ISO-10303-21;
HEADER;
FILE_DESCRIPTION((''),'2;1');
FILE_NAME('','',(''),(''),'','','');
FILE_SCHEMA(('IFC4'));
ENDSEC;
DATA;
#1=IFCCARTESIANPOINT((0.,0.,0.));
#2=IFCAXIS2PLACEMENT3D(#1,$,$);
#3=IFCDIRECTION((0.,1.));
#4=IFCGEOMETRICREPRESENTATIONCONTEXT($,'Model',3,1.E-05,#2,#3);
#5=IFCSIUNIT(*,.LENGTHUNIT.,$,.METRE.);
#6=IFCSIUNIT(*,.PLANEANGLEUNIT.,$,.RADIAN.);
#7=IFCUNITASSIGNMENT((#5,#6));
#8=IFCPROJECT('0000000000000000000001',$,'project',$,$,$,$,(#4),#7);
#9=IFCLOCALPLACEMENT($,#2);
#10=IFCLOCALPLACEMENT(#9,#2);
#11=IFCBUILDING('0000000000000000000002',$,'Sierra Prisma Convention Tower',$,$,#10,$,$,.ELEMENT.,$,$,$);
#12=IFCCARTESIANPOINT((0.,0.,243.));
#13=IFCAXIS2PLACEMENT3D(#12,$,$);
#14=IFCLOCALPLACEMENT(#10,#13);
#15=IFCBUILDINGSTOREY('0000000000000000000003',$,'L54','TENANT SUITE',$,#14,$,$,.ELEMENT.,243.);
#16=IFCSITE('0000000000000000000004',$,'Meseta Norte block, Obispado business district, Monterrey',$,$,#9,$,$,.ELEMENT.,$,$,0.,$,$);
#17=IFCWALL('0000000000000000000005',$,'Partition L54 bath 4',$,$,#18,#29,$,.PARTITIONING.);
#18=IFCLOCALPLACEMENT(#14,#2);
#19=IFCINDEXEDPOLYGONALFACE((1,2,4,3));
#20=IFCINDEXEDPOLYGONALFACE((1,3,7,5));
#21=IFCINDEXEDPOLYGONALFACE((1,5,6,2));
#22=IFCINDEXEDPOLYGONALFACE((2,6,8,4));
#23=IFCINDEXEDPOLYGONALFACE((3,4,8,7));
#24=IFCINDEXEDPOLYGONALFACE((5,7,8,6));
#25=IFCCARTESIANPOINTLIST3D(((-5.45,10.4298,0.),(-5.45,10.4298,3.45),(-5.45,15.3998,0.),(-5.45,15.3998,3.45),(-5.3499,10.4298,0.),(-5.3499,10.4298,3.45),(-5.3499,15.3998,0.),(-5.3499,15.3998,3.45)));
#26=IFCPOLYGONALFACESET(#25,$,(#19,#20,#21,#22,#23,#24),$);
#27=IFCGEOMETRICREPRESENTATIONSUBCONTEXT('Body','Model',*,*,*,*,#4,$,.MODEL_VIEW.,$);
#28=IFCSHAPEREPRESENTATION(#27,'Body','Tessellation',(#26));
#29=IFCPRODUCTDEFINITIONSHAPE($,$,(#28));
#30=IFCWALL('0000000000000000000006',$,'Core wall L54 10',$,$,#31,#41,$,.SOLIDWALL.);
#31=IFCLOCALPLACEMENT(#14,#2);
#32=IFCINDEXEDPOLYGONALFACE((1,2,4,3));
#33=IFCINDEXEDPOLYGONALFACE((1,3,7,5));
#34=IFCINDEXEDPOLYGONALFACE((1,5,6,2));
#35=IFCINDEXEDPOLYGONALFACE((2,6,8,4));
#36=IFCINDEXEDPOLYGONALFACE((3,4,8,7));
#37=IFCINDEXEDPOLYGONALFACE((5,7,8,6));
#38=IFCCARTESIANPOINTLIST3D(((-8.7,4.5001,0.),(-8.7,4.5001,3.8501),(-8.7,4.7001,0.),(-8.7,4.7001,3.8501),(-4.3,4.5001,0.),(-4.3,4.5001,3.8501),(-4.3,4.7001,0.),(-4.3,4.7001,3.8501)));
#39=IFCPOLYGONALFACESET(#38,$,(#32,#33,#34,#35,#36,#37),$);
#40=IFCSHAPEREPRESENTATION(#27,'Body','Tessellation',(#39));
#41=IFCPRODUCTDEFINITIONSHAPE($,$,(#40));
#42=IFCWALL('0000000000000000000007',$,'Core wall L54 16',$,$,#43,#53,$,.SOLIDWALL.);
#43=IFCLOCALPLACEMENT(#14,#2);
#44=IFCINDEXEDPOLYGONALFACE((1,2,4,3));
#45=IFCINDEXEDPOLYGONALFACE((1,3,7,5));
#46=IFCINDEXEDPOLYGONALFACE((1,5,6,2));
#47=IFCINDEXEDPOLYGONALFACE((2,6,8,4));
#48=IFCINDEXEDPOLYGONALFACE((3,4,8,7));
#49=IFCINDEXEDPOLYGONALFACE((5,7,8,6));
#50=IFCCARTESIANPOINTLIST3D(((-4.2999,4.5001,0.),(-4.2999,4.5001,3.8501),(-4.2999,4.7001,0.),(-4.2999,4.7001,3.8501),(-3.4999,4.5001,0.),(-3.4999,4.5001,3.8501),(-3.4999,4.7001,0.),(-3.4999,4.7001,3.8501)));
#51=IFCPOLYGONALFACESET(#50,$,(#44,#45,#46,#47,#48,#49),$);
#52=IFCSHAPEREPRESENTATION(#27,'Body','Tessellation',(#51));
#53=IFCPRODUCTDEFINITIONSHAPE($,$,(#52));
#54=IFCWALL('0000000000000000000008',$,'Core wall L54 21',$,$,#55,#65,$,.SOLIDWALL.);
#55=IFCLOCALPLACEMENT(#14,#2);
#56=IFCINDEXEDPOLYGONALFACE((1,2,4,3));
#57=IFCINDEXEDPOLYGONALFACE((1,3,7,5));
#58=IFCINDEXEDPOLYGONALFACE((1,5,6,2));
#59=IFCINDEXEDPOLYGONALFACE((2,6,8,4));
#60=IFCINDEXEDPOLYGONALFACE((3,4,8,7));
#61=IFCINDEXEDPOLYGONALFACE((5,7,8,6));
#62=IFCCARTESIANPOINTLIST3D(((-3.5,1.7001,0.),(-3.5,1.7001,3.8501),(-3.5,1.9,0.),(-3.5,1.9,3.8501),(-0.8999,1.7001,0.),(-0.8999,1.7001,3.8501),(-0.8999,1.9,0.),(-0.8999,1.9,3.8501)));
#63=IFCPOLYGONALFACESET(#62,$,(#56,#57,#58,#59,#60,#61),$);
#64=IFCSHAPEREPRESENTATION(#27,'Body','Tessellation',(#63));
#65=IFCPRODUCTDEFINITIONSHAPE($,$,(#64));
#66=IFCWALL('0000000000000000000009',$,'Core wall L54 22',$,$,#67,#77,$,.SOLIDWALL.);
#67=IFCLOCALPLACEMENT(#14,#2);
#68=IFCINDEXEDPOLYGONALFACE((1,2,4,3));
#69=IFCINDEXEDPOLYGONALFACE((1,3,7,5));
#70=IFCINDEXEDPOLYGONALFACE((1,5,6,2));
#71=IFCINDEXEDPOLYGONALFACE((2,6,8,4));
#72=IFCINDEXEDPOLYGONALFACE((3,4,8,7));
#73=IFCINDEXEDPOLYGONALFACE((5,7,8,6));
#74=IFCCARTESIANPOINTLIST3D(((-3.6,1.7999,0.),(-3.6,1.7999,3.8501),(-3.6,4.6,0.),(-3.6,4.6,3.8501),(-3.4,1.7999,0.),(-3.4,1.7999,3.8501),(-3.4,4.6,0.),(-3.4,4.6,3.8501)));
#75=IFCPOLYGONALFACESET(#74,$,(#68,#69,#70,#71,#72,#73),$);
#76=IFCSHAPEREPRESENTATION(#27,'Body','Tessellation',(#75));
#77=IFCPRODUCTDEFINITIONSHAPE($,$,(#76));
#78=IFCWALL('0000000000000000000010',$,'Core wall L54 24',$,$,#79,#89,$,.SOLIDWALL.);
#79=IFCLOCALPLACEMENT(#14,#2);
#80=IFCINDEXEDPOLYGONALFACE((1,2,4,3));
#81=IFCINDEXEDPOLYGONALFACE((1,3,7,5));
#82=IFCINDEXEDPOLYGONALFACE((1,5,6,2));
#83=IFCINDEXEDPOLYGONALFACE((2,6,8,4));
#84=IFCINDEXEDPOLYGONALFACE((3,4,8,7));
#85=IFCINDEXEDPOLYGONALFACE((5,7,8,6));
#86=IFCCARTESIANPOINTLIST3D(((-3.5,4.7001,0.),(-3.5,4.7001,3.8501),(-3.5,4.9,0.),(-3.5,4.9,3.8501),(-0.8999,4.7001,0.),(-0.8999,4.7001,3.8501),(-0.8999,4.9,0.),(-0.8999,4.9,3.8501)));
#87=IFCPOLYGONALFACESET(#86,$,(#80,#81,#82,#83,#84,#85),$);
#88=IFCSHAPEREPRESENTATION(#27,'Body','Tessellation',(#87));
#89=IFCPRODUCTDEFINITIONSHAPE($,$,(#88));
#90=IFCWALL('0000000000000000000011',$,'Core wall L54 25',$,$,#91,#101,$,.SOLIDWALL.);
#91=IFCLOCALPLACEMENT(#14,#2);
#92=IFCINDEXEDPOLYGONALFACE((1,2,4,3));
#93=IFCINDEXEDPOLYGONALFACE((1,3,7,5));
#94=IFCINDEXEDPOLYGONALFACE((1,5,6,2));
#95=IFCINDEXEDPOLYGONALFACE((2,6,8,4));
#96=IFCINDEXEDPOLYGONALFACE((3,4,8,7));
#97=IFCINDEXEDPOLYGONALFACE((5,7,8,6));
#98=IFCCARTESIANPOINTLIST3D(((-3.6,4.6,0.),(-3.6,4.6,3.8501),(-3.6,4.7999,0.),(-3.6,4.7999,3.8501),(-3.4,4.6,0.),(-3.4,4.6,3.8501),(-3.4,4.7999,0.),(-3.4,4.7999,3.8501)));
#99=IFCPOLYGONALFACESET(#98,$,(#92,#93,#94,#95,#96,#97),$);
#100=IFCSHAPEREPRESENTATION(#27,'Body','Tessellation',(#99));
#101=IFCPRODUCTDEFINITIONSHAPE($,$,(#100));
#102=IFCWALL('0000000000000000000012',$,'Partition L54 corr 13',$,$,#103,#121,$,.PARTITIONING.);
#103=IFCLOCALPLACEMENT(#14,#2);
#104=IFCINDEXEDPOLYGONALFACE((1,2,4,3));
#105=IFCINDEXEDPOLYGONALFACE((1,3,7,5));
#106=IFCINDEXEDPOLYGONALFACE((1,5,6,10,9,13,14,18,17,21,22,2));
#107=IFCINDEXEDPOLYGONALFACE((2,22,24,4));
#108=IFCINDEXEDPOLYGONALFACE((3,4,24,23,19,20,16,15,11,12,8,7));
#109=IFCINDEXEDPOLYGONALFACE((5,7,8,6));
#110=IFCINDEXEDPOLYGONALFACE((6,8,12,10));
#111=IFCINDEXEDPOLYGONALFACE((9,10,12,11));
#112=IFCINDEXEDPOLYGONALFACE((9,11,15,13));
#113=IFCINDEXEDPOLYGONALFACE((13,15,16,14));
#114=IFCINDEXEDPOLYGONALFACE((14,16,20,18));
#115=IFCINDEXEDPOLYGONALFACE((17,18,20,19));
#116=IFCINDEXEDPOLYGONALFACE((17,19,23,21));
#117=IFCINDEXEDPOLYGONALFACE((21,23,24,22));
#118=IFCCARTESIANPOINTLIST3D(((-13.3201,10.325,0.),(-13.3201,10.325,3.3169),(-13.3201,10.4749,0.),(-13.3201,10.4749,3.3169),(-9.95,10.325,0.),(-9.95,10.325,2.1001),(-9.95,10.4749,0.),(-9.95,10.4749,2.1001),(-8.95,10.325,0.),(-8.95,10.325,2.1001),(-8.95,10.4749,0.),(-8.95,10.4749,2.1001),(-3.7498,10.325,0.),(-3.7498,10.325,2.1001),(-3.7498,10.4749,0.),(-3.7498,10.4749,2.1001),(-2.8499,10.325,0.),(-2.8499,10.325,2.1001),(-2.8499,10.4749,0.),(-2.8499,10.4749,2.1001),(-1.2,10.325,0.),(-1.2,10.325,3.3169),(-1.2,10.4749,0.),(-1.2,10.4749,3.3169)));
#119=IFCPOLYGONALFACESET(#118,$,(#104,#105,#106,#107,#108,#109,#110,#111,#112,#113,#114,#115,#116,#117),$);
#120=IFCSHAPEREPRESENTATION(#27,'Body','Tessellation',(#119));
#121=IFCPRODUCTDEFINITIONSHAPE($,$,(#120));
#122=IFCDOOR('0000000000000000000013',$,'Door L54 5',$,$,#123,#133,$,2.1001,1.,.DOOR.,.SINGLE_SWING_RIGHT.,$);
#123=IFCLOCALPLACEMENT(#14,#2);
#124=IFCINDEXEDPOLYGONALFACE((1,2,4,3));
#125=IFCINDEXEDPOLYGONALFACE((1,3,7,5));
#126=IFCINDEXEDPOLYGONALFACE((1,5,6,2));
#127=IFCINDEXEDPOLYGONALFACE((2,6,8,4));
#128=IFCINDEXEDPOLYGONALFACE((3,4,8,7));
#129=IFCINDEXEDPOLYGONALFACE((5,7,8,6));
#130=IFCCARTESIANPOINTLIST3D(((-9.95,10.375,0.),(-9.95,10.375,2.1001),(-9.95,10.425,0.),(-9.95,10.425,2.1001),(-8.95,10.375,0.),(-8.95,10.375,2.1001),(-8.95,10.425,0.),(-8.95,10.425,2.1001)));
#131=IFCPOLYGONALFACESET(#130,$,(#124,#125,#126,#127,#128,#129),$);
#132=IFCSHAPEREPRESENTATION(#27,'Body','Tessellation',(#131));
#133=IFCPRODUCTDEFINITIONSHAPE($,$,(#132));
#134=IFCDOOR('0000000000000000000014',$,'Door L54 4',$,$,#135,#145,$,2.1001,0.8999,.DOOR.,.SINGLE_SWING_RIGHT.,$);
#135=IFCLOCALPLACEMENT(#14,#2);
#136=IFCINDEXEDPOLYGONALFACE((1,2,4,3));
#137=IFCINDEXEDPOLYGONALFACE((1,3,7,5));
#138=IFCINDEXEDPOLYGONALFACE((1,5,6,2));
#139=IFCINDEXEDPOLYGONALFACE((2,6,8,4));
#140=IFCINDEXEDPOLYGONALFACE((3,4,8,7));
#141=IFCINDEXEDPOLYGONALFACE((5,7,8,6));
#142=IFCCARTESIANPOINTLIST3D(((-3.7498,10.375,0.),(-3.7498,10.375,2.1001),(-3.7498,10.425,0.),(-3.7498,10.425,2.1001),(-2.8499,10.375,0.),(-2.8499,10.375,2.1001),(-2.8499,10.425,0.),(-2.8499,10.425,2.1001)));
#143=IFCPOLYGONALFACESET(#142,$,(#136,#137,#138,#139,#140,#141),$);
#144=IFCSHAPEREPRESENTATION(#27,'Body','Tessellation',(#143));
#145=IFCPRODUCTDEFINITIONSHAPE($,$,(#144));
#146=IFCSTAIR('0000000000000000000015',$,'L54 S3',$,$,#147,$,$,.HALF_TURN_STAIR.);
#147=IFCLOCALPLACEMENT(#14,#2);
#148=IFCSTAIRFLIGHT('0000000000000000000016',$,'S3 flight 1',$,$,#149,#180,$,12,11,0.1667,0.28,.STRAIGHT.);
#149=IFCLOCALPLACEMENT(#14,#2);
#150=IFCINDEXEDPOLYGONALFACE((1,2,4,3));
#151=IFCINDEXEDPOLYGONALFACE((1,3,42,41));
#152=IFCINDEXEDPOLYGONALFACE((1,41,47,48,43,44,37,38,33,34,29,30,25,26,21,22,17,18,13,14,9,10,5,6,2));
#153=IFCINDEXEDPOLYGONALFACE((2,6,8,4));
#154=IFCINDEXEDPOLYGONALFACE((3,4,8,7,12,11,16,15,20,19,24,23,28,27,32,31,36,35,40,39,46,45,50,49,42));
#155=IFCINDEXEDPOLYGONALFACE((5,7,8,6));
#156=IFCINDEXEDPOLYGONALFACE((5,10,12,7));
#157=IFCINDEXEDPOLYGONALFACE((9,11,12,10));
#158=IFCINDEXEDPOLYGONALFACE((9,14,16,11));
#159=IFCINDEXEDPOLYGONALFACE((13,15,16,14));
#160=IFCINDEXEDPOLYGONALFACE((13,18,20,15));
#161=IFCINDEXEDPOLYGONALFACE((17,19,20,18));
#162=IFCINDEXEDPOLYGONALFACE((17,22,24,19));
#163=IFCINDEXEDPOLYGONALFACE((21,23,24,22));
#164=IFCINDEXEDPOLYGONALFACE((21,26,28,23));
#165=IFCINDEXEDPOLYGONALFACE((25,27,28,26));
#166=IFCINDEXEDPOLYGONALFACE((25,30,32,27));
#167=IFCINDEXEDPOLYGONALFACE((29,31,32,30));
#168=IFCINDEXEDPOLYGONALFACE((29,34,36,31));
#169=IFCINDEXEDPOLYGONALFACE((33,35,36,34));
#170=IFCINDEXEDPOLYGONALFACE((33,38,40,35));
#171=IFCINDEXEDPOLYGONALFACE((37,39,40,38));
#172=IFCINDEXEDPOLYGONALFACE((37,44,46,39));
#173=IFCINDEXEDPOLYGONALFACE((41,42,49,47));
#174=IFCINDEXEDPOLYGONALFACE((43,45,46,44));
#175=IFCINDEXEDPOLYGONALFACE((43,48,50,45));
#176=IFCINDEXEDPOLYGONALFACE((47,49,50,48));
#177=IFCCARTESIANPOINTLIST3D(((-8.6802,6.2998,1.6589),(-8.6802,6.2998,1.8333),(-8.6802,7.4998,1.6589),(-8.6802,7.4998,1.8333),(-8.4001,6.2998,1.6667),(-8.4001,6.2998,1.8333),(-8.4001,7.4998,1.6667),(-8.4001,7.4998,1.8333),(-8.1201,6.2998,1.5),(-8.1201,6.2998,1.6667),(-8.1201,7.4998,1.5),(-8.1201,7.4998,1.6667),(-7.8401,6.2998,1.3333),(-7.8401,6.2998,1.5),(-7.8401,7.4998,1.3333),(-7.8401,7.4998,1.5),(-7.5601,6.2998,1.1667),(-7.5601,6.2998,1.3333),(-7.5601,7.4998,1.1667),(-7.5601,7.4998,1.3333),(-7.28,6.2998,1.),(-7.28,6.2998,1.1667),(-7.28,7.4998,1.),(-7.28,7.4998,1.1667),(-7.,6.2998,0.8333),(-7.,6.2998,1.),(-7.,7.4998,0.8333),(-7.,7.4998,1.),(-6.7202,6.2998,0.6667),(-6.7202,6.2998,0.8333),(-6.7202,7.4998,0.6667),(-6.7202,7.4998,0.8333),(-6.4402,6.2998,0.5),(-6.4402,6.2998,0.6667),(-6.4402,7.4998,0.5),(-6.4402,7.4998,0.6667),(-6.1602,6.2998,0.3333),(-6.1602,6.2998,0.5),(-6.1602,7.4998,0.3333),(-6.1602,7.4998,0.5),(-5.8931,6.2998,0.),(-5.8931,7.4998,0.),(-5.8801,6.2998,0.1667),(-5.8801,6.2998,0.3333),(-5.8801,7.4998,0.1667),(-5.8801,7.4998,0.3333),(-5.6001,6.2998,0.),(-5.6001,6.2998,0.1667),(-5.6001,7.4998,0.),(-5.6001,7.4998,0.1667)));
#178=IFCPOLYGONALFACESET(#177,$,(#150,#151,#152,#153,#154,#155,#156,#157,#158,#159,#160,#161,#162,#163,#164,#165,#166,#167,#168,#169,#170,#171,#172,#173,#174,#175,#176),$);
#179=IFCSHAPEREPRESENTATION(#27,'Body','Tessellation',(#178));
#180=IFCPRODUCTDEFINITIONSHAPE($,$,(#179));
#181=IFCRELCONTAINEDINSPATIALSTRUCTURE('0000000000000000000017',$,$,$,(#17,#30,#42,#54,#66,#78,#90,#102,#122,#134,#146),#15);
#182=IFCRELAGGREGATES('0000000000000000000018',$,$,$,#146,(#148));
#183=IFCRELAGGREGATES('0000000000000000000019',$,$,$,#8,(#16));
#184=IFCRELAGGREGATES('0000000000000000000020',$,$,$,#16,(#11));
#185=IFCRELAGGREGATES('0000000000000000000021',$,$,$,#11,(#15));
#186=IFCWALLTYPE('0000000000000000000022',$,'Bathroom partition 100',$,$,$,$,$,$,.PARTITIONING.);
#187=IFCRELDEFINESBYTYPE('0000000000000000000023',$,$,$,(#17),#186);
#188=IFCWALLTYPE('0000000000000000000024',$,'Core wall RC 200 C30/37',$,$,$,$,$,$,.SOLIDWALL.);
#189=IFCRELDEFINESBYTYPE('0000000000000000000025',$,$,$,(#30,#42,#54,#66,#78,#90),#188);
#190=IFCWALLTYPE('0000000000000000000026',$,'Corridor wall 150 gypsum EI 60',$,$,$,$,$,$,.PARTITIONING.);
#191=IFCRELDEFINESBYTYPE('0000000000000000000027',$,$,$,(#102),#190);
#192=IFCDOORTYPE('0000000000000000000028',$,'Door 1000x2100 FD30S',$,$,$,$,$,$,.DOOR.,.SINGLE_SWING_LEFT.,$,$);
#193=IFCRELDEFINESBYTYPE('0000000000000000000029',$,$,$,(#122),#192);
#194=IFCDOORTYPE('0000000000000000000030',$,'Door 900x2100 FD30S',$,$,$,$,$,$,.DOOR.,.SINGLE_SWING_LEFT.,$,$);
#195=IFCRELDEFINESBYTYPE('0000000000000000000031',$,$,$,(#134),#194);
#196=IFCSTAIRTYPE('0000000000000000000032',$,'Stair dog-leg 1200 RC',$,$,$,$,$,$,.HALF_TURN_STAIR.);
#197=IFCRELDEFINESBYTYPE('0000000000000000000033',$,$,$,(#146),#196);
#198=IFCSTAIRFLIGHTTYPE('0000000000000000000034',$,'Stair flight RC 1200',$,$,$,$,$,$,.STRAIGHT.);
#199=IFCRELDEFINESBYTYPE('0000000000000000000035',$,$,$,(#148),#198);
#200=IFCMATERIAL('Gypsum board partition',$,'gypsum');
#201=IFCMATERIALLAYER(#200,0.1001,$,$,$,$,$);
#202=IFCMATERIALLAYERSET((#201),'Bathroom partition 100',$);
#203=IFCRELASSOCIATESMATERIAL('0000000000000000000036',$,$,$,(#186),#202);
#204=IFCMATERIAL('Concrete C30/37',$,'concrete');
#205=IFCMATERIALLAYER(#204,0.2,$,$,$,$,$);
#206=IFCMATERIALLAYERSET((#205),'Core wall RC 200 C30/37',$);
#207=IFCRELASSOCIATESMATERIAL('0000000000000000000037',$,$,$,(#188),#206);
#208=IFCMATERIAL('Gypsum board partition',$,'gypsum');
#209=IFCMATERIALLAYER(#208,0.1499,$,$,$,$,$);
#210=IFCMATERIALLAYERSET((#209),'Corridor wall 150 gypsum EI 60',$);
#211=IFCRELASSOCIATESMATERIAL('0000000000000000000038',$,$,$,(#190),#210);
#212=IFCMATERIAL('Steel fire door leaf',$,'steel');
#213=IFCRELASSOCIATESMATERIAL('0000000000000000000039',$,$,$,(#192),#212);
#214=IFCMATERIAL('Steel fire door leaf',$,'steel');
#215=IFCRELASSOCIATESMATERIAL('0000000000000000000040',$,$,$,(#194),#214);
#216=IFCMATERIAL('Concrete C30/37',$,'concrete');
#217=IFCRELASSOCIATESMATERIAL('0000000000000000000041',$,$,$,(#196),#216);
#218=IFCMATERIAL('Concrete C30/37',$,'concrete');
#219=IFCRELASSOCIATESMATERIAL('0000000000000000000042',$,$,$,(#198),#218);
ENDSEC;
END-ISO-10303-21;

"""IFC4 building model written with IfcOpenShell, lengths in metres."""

from ifc_helpers import new_model, si_unit, direction, frame, frame_2d, origin, place, context, subcontext, project, spatial, polyline, rectangle, outline, extrude, material, layer, layer_set, type_object, element, fill, aggregate, save


model = new_model("IFC4")

# Units and contexts
model_context = context("Model", 3, precision=1e-05, world=origin(), true_north=direction((0.0, 1.0)))
body_context = subcontext(model_context, "Body", "Model", "MODEL_VIEW")
ifc_project = project(units=[si_unit("LENGTHUNIT", "METRE"), si_unit("PLANEANGLEUNIT", "RADIAN")], contexts=[model_context])

# Site, building, storey
site_placement = place(None, origin())
site = spatial("IfcSite", under=ifc_project, at=site_placement, Name="Meseta Norte block, Obispado business district, Monterrey", CompositionType="ELEMENT", RefElevation=0.0)
building_placement = place(site_placement, origin())
building = spatial("IfcBuilding", under=site, at=building_placement, Name="Sierra Prisma Convention Tower", CompositionType="ELEMENT")
storey_placement = place(building_placement, frame((0.0, 0.0, 243.0)))
storey = spatial("IfcBuildingStorey", under=building, at=storey_placement, Name="L54", Description="TENANT SUITE", CompositionType="ELEMENT", Elevation=243.0)

# Walls
ifc_material_1 = material(Name="Gypsum board partition", Category="gypsum")
ifc_layer_1 = layer(ifc_material_1, 0.1001)
ifc_layer_set_1 = layer_set([ifc_layer_1], Name="Bathroom partition 100")
wall_type_1 = type_object("IfcWallType", Name="Bathroom partition 100", PredefinedType="PARTITIONING", material=ifc_layer_set_1)
wall_1_placement = place(storey_placement, frame((-5.3999, 10.4299, 0.0), z_axis=(0.0, 0.0, 1.0), x_axis=(0.0, 1.0, 0.0)))
element("IfcWall", 1, at=wall_1_placement, inside=storey, type_object=wall_type_1, Name="Partition L54 bath 4", PredefinedType="PARTITIONING", context=body_context, shape_type="SweptSolid", body=[
    extrude(rectangle(XDim=4.97, YDim=0.1001, at=frame_2d((2.4849, 0.0))), origin(), (0.0, 0.0, 1.0), 3.45),
])
ifc_material_2 = material(Name="Concrete C30/37", Category="concrete")
ifc_layer_2 = layer(ifc_material_2, 0.2)
ifc_layer_set_2 = layer_set([ifc_layer_2], Name="Core wall RC 200 C30/37")
wall_type_2 = type_object("IfcWallType", Name="Core wall RC 200 C30/37", PredefinedType="SOLIDWALL", material=ifc_layer_set_2)
wall_2_placement = place(storey_placement, frame((-4.3, 4.6001, 0.0), z_axis=(0.0, 0.0, 1.0), x_axis=(-1.0, 0.0, 0.0)))
element("IfcWall", 2, at=wall_2_placement, inside=storey, type_object=wall_type_2, Name="Core wall L54 10", PredefinedType="SOLIDWALL", context=body_context, shape_type="SweptSolid", body=[
    extrude(rectangle(XDim=4.3999, YDim=0.2, at=frame_2d((2.2, 0.0))), origin(), (0.0, 0.0, 1.0), 3.8501),
])

# Wall
wall_3_placement = place(storey_placement, frame((-3.5, 4.6001, 0.0), z_axis=(0.0, 0.0, 1.0), x_axis=(-1.0, 0.0, 0.0)))
element("IfcWall", 3, at=wall_3_placement, inside=storey, type_object=wall_type_2, Name="Core wall L54 16", PredefinedType="SOLIDWALL", context=body_context, shape_type="SweptSolid", body=[
    extrude(rectangle(XDim=0.8, YDim=0.2, at=frame_2d((0.3999, 0.0))), origin(), (0.0, 0.0, 1.0), 3.8501),
])

# Walls
wall_4_placement = place(storey_placement, frame((-0.8999, 1.8, 0.0), z_axis=(0.0, 0.0, 1.0), x_axis=(-1.0, 0.0, 0.0)))
element("IfcWall", 4, at=wall_4_placement, inside=storey, type_object=wall_type_2, Name="Core wall L54 21", PredefinedType="SOLIDWALL", context=body_context, shape_type="SweptSolid", body=[
    extrude(rectangle(XDim=2.6001, YDim=0.2, at=frame_2d((1.3, 0.0))), origin(), (0.0, 0.0, 1.0), 3.8501),
])
wall_5_placement = place(storey_placement, frame((-3.5, 1.8, 0.0), z_axis=(0.0, 0.0, 1.0), x_axis=(0.0, 1.0, 0.0)))
element("IfcWall", 5, at=wall_5_placement, inside=storey, type_object=wall_type_2, Name="Core wall L54 22", PredefinedType="SOLIDWALL", context=body_context, shape_type="SweptSolid", body=[
    extrude(rectangle(XDim=2.8, YDim=0.2, at=frame_2d((1.3999, 0.0))), origin(), (0.0, 0.0, 1.0), 3.8501),
])

# Walls
wall_6_placement = place(storey_placement, frame((-0.8999, 4.8, 0.0), z_axis=(0.0, 0.0, 1.0), x_axis=(-1.0, 0.0, 0.0)))
element("IfcWall", 6, at=wall_6_placement, inside=storey, type_object=wall_type_2, Name="Core wall L54 24", PredefinedType="SOLIDWALL", context=body_context, shape_type="SweptSolid", body=[
    extrude(rectangle(XDim=2.6001, YDim=0.2, at=frame_2d((1.3, 0.0))), origin(), (0.0, 0.0, 1.0), 3.8501),
])
wall_7_placement = place(storey_placement, frame((-3.5, 4.8, 0.0), z_axis=(0.0, 0.0, 1.0), x_axis=(0.0, -1.0, 0.0)))
element("IfcWall", 7, at=wall_7_placement, inside=storey, type_object=wall_type_2, Name="Core wall L54 25", PredefinedType="SOLIDWALL", context=body_context, shape_type="SweptSolid", body=[
    extrude(rectangle(XDim=0.2, YDim=0.2, at=frame_2d((0.1001, 0.0))), origin(), (0.0, 0.0, 1.0), 3.8501),
])

# Wall, openings, doors
ifc_material_3 = material(Name="Gypsum board partition", Category="gypsum")
ifc_layer_3 = layer(ifc_material_3, 0.1499)
ifc_layer_set_3 = layer_set([ifc_layer_3], Name="Corridor wall 150 gypsum EI 60")
wall_type_3 = type_object("IfcWallType", Name="Corridor wall 150 gypsum EI 60", PredefinedType="PARTITIONING", material=ifc_layer_set_3)
wall_8_placement = place(storey_placement, frame((-1.2, 10.3999, 0.0), z_axis=(0.0, 0.0, 1.0), x_axis=(-1.0, 0.0, 0.0)))
wall_8 = element("IfcWall", 8, at=wall_8_placement, inside=storey, type_object=wall_type_3, Name="Partition L54 corr 13", PredefinedType="PARTITIONING", context=body_context, shape_type="SweptSolid", body=[
    extrude(rectangle(XDim=12.1201, YDim=0.1499, at=frame_2d((6.0601, 0.0))), origin(), (0.0, 0.0, 1.0), 3.3169),
])
opening_1_placement = place(wall_8_placement, frame((1.6499, 0.0, 0.0)))
opening_1 = element("IfcOpeningElement", 9, at=opening_1_placement, cuts=wall_8, PredefinedType="OPENING", context=body_context, shape_type="SweptSolid", body=[
    extrude(rectangle(XDim=0.8999, YDim=2.1001, at=frame_2d((0.45, 1.05))), frame((0.0, 0.075, 0.0), z_axis=(0.0, -1.0, 0.0), x_axis=(1.0, 0.0, 0.0)), (0.0, 0.0, 1.0), 0.1499),
])
opening_2_placement = place(wall_8_placement, frame((7.75, 0.0, 0.0)))
opening_2 = element("IfcOpeningElement", 10, at=opening_2_placement, cuts=wall_8, PredefinedType="OPENING", context=body_context, shape_type="SweptSolid", body=[
    extrude(rectangle(XDim=1.0, YDim=2.1001, at=frame_2d((0.5, 1.05))), frame((0.0, 0.075, 0.0), z_axis=(0.0, -1.0, 0.0), x_axis=(1.0, 0.0, 0.0)), (0.0, 0.0, 1.0), 0.1499),
])
ifc_material_4 = material(Name="Steel fire door leaf", Category="steel")
door_type_1 = type_object("IfcDoorType", Name="Door 1000x2100 FD30S", OperationType="SINGLE_SWING_LEFT", PredefinedType="DOOR", material=ifc_material_4)
door_1_placement = place(opening_2_placement, origin())
door_1 = element("IfcDoor", 11, at=door_1_placement, inside=storey, type_object=door_type_1, Name="Door L54 5", OperationType="SINGLE_SWING_RIGHT", OverallHeight=2.1001, OverallWidth=1.0, PredefinedType="DOOR", context=body_context, shape_type="SweptSolid", body=[
    extrude(rectangle(XDim=1.0, YDim=2.1001, at=frame_2d((0.5, 1.05))), frame((0.0, 0.0249, 0.0), z_axis=(0.0, -1.0, 0.0), x_axis=(1.0, 0.0, 0.0)), (0.0, 0.0, 1.0), 0.05),
])
fill(opening_2, door_1)
ifc_material_5 = material(Name="Steel fire door leaf", Category="steel")
door_type_2 = type_object("IfcDoorType", Name="Door 900x2100 FD30S", OperationType="SINGLE_SWING_LEFT", PredefinedType="DOOR", material=ifc_material_5)
door_2_placement = place(opening_1_placement, origin())
door_2 = element("IfcDoor", 12, at=door_2_placement, inside=storey, type_object=door_type_2, Name="Door L54 4", OperationType="SINGLE_SWING_RIGHT", OverallHeight=2.1001, OverallWidth=0.8999, PredefinedType="DOOR", context=body_context, shape_type="SweptSolid", body=[
    extrude(rectangle(XDim=0.8999, YDim=2.1001, at=frame_2d((0.45, 1.05))), frame((0.0, 0.0249, 0.0), z_axis=(0.0, -1.0, 0.0), x_axis=(1.0, 0.0, 0.0)), (0.0, 0.0, 1.0), 0.05),
])
fill(opening_1, door_2)

# Stair, stair flight
ifc_material_6 = material(Name="Concrete C30/37", Category="concrete")
stair_type = type_object("IfcStairType", Name="Stair dog-leg 1200 RC", PredefinedType="HALF_TURN_STAIR", material=ifc_material_6)
stair_placement = place(storey_placement, origin())
stair = element("IfcStair", 13, at=stair_placement, inside=storey, type_object=stair_type, Name="L54 S3", PredefinedType="HALF_TURN_STAIR")
ifc_material_7 = material(Name="Concrete C30/37", Category="concrete")
stair_flight_type = type_object("IfcStairFlightType", Name="Stair flight RC 1200", PredefinedType="STRAIGHT", material=ifc_material_7)
stair_flight_placement = place(storey_placement, frame((-5.6001, 6.8999, 0.0), z_axis=(0.0, 0.0, 1.0), x_axis=(-1.0, 0.0, 0.0)))
stair_flight = element("IfcStairFlight", 14, at=stair_flight_placement, type_object=stair_flight_type, Name="S3 flight 1", NumberOfRisers=12, NumberOfTreads=11, PredefinedType="STRAIGHT", RiserHeight=0.1667, TreadLength=0.28, context=body_context, shape_type="SweptSolid", body=[
    extrude(outline(polyline([(0.0, 0.0), (0.0, 0.1667), (0.28, 0.1667), (0.28, 0.3333), (0.5601, 0.3333), (0.5601, 0.5), (0.8401, 0.5), (0.8401, 0.6667), (1.1201, 0.6667), (1.1201, 0.8333), (1.3999, 0.8333), (1.3999, 1.0), (1.6799, 1.0), (1.6799, 1.1667), (1.96, 1.1667), (1.96, 1.3333), (2.24, 1.3333), (2.24, 1.5), (2.52, 1.5), (2.52, 1.6667), (2.8, 1.6667), (2.8, 1.8333), (3.0801, 1.8333), (3.0801, 2.0), (3.0801, 1.6589), (0.293, 0.0), (0.0, 0.0)])), frame((0.0, 0.6001, 0.0), z_axis=(0.0, -1.0, 0.0), x_axis=(1.0, 0.0, 0.0)), (0.0, 0.0, 1.0), 1.2),
])
aggregate(stair, [stair_flight])

save(model, "model.ifc")
